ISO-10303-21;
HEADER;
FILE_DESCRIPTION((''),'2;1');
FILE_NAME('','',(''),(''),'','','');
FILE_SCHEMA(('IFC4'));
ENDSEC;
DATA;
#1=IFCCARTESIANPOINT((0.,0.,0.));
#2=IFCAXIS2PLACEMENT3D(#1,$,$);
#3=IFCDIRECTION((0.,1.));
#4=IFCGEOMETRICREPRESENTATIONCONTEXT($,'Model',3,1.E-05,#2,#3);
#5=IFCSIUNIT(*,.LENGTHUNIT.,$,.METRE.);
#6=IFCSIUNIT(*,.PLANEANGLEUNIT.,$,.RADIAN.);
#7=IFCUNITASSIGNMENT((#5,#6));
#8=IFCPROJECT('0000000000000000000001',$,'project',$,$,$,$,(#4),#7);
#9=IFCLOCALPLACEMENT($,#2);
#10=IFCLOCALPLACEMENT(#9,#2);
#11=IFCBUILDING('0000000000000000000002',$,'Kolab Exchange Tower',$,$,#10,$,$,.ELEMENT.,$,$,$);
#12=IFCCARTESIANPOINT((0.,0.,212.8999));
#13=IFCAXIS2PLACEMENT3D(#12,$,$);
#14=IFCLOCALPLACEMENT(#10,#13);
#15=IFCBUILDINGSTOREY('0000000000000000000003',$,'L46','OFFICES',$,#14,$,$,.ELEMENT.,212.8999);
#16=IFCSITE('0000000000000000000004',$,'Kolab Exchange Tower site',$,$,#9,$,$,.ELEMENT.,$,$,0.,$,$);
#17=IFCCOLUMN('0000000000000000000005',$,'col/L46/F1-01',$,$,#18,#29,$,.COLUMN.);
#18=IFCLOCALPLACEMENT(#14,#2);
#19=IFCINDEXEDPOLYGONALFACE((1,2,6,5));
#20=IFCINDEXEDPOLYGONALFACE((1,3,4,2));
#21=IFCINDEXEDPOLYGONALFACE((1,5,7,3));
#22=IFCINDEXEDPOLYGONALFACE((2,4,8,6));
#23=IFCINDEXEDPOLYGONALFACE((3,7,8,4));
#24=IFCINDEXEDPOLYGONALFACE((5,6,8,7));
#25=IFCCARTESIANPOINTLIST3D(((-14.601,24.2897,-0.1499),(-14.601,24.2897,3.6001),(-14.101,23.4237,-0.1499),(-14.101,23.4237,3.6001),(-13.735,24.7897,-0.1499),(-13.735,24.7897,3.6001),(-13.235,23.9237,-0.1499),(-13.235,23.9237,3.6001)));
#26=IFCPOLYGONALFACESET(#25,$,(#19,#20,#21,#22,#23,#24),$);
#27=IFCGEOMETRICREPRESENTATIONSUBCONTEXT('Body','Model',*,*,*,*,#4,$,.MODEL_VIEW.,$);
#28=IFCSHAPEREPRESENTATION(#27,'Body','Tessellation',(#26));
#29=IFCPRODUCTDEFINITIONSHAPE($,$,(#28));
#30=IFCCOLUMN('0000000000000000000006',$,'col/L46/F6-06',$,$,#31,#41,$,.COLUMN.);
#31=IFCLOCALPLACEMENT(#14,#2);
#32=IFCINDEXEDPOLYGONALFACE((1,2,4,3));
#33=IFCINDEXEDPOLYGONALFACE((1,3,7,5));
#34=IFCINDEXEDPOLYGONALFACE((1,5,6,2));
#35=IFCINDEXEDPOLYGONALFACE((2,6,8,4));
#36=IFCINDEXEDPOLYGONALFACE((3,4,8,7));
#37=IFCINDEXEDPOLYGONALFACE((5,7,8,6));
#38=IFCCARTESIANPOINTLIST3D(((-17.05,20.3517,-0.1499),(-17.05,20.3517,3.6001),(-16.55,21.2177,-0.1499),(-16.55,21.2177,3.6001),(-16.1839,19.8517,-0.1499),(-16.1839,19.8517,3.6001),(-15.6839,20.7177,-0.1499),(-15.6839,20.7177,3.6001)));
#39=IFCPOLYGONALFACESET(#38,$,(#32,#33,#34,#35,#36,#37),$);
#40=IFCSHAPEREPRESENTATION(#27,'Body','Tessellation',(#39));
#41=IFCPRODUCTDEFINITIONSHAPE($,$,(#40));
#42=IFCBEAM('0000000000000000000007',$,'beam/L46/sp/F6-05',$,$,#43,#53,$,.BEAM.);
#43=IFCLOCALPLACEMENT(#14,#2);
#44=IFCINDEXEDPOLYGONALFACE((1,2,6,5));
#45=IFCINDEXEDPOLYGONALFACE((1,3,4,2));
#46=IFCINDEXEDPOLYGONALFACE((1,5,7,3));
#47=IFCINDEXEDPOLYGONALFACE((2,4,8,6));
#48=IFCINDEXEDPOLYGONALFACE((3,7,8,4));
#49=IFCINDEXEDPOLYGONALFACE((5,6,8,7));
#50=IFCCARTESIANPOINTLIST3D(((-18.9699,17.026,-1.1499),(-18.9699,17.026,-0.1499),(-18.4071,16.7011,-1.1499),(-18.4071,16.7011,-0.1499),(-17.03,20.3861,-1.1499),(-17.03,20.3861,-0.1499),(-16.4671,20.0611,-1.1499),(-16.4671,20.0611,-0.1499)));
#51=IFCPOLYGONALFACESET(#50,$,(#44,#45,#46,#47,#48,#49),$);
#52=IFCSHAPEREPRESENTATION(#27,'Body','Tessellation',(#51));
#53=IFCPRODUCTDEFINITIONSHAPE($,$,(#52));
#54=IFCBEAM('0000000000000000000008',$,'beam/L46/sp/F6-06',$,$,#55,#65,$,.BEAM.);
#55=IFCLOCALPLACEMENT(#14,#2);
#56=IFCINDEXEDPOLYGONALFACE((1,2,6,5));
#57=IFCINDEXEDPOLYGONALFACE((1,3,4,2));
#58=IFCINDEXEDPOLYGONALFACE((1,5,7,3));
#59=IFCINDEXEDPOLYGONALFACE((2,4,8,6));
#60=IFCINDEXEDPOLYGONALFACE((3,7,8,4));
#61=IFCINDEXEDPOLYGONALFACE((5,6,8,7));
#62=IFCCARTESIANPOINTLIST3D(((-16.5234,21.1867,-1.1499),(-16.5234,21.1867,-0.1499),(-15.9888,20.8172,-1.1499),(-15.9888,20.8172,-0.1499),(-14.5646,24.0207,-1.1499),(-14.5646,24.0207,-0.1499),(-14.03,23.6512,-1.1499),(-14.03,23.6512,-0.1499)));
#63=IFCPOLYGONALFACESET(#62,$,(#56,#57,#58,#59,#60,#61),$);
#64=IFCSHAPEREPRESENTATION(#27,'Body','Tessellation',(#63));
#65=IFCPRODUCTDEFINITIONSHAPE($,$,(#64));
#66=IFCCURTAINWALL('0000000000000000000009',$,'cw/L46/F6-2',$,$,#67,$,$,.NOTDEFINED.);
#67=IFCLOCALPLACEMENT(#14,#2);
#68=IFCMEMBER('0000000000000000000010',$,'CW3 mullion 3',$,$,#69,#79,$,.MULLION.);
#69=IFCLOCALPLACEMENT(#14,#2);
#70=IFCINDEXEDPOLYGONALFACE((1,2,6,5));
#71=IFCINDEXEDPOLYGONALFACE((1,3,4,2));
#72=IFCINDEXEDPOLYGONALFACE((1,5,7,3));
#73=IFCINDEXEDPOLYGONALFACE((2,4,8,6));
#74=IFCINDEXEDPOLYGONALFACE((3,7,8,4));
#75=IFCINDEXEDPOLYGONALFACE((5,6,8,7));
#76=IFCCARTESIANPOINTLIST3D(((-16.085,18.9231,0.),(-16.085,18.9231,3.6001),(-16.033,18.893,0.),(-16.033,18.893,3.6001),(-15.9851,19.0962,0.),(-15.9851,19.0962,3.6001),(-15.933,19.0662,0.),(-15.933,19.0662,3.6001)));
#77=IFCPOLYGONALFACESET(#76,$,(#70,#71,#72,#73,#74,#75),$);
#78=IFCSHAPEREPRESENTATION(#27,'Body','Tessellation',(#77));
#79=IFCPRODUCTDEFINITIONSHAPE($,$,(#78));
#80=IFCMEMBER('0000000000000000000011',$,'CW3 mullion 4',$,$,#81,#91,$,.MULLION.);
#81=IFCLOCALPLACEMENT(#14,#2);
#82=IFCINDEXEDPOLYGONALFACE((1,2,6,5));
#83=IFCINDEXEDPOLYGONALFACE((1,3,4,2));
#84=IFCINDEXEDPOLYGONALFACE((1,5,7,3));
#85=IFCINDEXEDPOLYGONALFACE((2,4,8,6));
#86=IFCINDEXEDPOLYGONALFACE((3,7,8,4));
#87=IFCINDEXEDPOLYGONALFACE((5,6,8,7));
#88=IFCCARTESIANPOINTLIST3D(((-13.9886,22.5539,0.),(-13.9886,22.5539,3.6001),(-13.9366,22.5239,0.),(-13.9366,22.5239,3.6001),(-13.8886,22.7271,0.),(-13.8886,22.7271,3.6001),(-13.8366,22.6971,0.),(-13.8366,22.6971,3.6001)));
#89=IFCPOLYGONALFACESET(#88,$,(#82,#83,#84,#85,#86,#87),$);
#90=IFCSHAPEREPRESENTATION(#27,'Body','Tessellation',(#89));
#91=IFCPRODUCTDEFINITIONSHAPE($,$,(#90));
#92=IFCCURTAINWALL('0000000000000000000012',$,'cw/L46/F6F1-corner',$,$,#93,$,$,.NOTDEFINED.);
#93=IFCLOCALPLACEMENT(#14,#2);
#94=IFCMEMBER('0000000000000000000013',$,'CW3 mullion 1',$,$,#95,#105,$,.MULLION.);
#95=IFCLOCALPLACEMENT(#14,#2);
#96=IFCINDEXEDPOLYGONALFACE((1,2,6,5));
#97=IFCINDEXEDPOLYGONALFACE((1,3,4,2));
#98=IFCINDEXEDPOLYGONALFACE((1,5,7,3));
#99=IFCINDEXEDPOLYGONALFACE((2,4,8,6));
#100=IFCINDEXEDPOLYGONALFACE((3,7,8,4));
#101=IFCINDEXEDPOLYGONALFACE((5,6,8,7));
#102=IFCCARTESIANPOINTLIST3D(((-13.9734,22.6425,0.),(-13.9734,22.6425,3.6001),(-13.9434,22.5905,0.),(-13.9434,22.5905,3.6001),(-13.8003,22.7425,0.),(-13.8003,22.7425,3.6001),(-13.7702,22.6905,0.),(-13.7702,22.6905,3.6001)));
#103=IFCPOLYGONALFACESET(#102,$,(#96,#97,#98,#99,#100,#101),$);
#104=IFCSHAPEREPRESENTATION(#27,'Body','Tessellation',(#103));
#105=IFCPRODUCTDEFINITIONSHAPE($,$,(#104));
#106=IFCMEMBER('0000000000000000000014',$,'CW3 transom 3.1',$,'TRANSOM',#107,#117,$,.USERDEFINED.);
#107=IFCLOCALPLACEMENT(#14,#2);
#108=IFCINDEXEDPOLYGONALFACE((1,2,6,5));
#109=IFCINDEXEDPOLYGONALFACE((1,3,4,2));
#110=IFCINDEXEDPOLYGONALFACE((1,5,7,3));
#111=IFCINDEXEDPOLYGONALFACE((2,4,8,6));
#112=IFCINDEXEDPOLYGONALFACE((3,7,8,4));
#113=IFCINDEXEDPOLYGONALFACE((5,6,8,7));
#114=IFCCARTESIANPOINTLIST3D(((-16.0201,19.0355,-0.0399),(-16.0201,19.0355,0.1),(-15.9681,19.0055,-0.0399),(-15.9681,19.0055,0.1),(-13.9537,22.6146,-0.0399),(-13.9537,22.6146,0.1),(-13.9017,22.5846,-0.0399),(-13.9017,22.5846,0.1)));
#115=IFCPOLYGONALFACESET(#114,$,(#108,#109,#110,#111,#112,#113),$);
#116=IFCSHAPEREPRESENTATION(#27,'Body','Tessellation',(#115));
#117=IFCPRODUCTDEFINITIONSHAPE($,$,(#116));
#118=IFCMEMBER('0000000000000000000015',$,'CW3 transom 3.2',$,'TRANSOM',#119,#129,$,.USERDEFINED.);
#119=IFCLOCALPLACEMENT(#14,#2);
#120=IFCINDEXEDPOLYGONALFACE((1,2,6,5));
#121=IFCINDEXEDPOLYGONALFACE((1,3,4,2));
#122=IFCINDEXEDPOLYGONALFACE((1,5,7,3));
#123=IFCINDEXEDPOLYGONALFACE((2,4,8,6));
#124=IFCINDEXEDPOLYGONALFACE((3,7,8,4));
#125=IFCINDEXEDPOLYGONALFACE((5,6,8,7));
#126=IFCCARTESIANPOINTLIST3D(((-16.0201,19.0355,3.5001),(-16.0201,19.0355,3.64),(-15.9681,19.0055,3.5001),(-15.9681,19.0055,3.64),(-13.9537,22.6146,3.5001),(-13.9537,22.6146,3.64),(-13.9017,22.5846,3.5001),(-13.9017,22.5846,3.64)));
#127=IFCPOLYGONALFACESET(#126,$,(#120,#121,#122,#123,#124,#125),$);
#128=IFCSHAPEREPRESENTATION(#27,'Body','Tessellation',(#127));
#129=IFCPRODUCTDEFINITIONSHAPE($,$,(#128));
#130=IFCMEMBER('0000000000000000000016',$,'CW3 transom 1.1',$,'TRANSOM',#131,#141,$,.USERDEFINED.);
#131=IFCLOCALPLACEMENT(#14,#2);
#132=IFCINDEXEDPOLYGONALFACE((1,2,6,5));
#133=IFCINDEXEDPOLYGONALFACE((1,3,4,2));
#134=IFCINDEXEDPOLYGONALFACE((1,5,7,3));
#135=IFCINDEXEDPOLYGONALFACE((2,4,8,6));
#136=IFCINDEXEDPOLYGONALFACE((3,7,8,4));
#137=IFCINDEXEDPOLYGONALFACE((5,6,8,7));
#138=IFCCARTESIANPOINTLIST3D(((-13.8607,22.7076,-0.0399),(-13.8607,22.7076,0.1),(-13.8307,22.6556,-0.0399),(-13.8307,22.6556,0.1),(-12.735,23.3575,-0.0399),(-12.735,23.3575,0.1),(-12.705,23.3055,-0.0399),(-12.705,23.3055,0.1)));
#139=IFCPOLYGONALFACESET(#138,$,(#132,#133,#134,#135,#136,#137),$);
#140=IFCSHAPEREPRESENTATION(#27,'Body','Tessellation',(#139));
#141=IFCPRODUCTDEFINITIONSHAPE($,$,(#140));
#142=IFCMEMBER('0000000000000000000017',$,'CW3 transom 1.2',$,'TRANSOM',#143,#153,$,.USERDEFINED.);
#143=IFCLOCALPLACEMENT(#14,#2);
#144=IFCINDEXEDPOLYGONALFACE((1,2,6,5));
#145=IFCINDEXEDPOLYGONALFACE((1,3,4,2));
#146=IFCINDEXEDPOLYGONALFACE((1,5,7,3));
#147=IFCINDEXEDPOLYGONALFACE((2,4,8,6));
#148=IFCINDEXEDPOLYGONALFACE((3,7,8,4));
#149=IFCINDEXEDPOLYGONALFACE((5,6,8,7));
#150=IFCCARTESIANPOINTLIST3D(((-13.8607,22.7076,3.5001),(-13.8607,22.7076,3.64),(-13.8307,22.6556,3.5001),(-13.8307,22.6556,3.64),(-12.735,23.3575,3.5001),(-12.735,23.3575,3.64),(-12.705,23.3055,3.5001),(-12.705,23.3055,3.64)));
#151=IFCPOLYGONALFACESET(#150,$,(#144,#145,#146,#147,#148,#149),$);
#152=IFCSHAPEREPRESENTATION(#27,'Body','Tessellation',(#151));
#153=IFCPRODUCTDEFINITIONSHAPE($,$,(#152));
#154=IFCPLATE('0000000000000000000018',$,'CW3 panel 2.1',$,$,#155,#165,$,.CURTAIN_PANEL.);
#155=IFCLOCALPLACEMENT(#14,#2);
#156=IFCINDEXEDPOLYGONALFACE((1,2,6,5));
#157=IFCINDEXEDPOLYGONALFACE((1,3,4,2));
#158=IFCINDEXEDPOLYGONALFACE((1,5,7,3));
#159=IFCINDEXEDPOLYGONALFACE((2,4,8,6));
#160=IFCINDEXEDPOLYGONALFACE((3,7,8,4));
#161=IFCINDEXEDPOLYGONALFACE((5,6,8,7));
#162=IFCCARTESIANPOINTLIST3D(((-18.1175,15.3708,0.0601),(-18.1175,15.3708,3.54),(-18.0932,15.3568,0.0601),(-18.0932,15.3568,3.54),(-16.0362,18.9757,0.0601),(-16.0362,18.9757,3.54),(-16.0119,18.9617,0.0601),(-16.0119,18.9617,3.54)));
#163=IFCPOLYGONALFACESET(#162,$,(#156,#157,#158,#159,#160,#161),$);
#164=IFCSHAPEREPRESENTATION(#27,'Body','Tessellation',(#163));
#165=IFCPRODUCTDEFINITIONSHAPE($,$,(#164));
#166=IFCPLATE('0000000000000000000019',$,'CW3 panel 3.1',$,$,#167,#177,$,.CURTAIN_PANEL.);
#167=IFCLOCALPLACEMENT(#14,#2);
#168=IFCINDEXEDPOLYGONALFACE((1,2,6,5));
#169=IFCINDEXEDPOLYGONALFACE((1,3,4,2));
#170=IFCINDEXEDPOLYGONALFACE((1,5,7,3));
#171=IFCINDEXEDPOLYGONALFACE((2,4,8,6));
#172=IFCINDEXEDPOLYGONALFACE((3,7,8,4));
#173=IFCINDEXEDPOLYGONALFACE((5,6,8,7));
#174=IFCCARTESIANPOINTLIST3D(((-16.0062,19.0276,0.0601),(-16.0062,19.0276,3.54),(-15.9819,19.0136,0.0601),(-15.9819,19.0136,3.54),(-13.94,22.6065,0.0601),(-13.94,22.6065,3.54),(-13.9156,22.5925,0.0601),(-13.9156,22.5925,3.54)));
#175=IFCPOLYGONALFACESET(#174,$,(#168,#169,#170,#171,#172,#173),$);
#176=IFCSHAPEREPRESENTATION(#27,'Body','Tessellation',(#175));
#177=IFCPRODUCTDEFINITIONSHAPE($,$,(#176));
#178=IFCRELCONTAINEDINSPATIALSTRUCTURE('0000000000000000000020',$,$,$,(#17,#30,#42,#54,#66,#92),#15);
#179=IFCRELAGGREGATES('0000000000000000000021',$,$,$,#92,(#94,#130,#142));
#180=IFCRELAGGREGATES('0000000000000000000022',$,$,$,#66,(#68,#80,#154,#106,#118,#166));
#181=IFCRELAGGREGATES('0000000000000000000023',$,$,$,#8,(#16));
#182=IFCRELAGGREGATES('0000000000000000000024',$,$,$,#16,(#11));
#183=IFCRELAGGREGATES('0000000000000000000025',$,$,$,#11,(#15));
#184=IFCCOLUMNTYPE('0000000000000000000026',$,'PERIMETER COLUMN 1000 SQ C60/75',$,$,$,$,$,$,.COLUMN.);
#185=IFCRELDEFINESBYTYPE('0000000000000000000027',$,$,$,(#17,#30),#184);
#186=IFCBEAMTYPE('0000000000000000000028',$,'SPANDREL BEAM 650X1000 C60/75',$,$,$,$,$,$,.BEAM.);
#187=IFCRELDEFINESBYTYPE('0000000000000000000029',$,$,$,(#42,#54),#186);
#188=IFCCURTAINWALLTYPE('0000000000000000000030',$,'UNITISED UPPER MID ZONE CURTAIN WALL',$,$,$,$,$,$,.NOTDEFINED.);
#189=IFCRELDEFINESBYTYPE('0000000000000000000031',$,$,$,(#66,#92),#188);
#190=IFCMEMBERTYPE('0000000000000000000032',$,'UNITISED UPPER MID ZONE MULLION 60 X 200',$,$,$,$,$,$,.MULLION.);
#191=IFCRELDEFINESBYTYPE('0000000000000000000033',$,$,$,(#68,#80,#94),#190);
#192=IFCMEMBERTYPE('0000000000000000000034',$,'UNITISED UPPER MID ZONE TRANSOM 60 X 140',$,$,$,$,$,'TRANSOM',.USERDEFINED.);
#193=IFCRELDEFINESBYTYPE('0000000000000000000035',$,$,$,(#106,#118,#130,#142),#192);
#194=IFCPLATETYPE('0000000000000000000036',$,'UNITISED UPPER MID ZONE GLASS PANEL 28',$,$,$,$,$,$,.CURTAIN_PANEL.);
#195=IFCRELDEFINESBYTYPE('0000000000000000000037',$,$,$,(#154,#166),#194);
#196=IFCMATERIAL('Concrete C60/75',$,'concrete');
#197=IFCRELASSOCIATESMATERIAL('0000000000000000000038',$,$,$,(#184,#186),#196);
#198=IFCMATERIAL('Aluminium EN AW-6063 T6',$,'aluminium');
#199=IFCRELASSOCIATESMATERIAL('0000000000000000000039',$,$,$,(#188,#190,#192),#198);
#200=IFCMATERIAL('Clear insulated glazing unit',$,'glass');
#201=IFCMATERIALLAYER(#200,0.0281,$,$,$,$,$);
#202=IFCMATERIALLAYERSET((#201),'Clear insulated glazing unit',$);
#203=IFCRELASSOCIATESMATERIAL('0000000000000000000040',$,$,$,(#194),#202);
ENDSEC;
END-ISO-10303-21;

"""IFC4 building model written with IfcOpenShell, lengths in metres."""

from ifc_helpers import new_model, si_unit, direction, frame, origin, origin_2d, place, context, subcontext, project, spatial, rectangle, extrude, material, layer, layer_set, material_profile, profile_set, type_object, element, aggregate, save


model = new_model("IFC4")

# Units and contexts
model_context = context("Model", 3, precision=1e-05, world=origin(), true_north=direction((0.0, 1.0)))
body_context = subcontext(model_context, "Body", "Model", "MODEL_VIEW")
ifc_project = project(units=[si_unit("LENGTHUNIT", "METRE"), si_unit("PLANEANGLEUNIT", "RADIAN")], contexts=[model_context])

# Site, building, storey
site_placement = place(None, origin())
site = spatial("IfcSite", under=ifc_project, at=site_placement, Name="Kolab Exchange Tower site", CompositionType="ELEMENT", RefElevation=0.0)
building_placement = place(site_placement, origin())
building = spatial("IfcBuilding", under=site, at=building_placement, Name="Kolab Exchange Tower", CompositionType="ELEMENT")
storey_placement = place(building_placement, frame((0.0, 0.0, 212.8999)))
storey = spatial("IfcBuildingStorey", under=building, at=storey_placement, Name="L46", Description="OFFICES", CompositionType="ELEMENT", Elevation=212.8999)

# Columns
ifc_material_1 = material(Name="Concrete C60/75", Category="concrete")
ifc_material_profile_1 = material_profile(ifc_material_1, rectangle(XDim=1.0, YDim=1.0, at=origin_2d()), Name="RC1000")
ifc_profile_set_1 = profile_set([ifc_material_profile_1], Name="Concrete C60/75")
column_type = type_object("IfcColumnType", Name="PERIMETER COLUMN 1000 SQ C60/75", PredefinedType="COLUMN", material=ifc_profile_set_1)
for number, where, z_axis, x_axis, name in (
    (1, (-13.918, 24.1067, -0.1499), (0.0, 0.0, 1.0), (0.866025, 0.5, 0.0), "col/L46/F1-01"),
    (2, (-16.3669, 20.5347, -0.1499), (0.0, 0.0, 1.0), (0.5, 0.866025, 0.0), "col/L46/F6-06"),
):
    element("IfcColumn", number, at=place(storey_placement, frame(where, z_axis=z_axis, x_axis=x_axis)), inside=storey, type_object=column_type, Name=name, PredefinedType="COLUMN", context=body_context, shape_type="SweptSolid", body=[
        extrude(rectangle(XDim=1.0, YDim=1.0, at=origin_2d()), origin(), (0.0, 0.0, 1.0), 3.75),
    ])

# Beams
ifc_material_profile_2 = material_profile(ifc_material_1, rectangle(XDim=0.6499, YDim=1.0, at=origin_2d()), Name="RC650X1000")
ifc_profile_set_2 = profile_set([ifc_material_profile_2], Name="Concrete C60/75")
beam_type = type_object("IfcBeamType", Name="SPANDREL BEAM 650X1000 C60/75", PredefinedType="BEAM", material=ifc_profile_set_2)
beam_1_placement = place(storey_placement, frame((-18.6885, 16.8635, -0.6499), z_axis=(0.499997, 0.866027, 0.0), x_axis=(-0.866027, 0.499997, 0.0)))
element("IfcBeam", 3, at=beam_1_placement, inside=storey, type_object=beam_type, Name="beam/L46/sp/F6-05", PredefinedType="BEAM", context=body_context, shape_type="SweptSolid", body=[
    extrude(rectangle(XDim=0.6499, YDim=1.0, at=origin_2d()), origin(), (0.0, 0.0, 1.0), 3.8799),
])
beam_2_placement = place(storey_placement, frame((-16.2561, 21.002, -0.6499), z_axis=(0.568572, 0.822633, 0.0), x_axis=(-0.822633, 0.568572, 0.0)))
element("IfcBeam", 4, at=beam_2_placement, inside=storey, type_object=beam_type, Name="beam/L46/sp/F6-06", PredefinedType="BEAM", context=body_context, shape_type="SweptSolid", body=[
    extrude(rectangle(XDim=0.6499, YDim=1.0, at=origin_2d()), origin(), (0.0, 0.0, 1.0), 3.4451),
])

# Curtain wall, members
ifc_material_2 = material(Name="Aluminium EN AW-6063 T6", Category="aluminium")
curtain_wall_type = type_object("IfcCurtainWallType", Name="UNITISED UPPER MID ZONE CURTAIN WALL", PredefinedType="NOTDEFINED", material=ifc_material_2)
curtain_wall_1_placement = place(storey_placement, origin())
curtain_wall_1 = element("IfcCurtainWall", 5, at=curtain_wall_1_placement, inside=storey, type_object=curtain_wall_type, Name="cw/L46/F6-2", PredefinedType="NOTDEFINED")
ifc_material_profile_3 = material_profile(ifc_material_2, rectangle(XDim=0.0601, YDim=0.2, at=origin_2d()), Name="RECT 60X200")
ifc_profile_set_3 = profile_set([ifc_material_profile_3], Name="Aluminium EN AW-6063 T6")
member_type_1 = type_object("IfcMemberType", Name="UNITISED UPPER MID ZONE MULLION 60 X 200", PredefinedType="MULLION", material=ifc_profile_set_3)
member_1_placement = place(storey_placement, frame((-16.009, 18.9946, 0.0), z_axis=(0.0, 0.0, 1.0), x_axis=(-0.866025, 0.5, 0.0)))
member_1 = element("IfcMember", 6, at=member_1_placement, type_object=member_type_1, Name="CW3 mullion 3", PredefinedType="MULLION", context=body_context, shape_type="SweptSolid", body=[
    extrude(rectangle(XDim=0.0601, YDim=0.2, at=origin_2d()), origin(), (0.0, 0.0, 1.0), 3.6001),
])
member_2_placement = place(storey_placement, frame((-13.9126, 22.6255, 0.0), z_axis=(0.0, 0.0, 1.0), x_axis=(-0.866025, 0.5, 0.0)))
member_2 = element("IfcMember", 7, at=member_2_placement, type_object=member_type_1, Name="CW3 mullion 4", PredefinedType="MULLION", context=body_context, shape_type="SweptSolid", body=[
    extrude(rectangle(XDim=0.0601, YDim=0.2, at=origin_2d()), origin(), (0.0, 0.0, 1.0), 3.6001),
])

# Curtain wall, member
curtain_wall_2_placement = place(storey_placement, origin())
curtain_wall_2 = element("IfcCurtainWall", 8, at=curtain_wall_2_placement, inside=storey, type_object=curtain_wall_type, Name="cw/L46/F6F1-corner", PredefinedType="NOTDEFINED")
member_3_placement = place(storey_placement, frame((-13.8718, 22.6665, 0.0), z_axis=(0.0, 0.0, 1.0), x_axis=(-0.5, 0.866025, 0.0)))
member_3 = element("IfcMember", 9, at=member_3_placement, type_object=member_type_1, Name="CW3 mullion 1", PredefinedType="MULLION", context=body_context, shape_type="SweptSolid", body=[
    extrude(rectangle(XDim=0.0601, YDim=0.2, at=origin_2d()), origin(), (0.0, 0.0, 1.0), 3.6001),
])

# Members
ifc_material_profile_4 = material_profile(ifc_material_2, rectangle(XDim=0.0601, YDim=0.1399, at=origin_2d()), Name="RECT 60X140")
ifc_profile_set_4 = profile_set([ifc_material_profile_4], Name="Aluminium EN AW-6063 T6")
member_type_2 = type_object("IfcMemberType", Name="UNITISED UPPER MID ZONE TRANSOM 60 X 140", ElementType="TRANSOM", PredefinedType="USERDEFINED", material=ifc_profile_set_4)
member_4_placement = place(storey_placement, frame((-15.9941, 19.0205, 0.03), z_axis=(0.500002, 0.866024, 0.0), x_axis=(-0.866024, 0.500002, 0.0)))
member_4 = element("IfcMember", 10, at=member_4_placement, type_object=member_type_2, Name="CW3 transom 3.1", ObjectType="TRANSOM", PredefinedType="USERDEFINED", context=body_context, shape_type="SweptSolid", body=[
    extrude(rectangle(XDim=0.0601, YDim=0.1399, at=origin_2d()), origin(), (0.0, 0.0, 1.0), 4.1328),
])
member_5_placement = place(storey_placement, frame((-15.9941, 19.0205, 3.5701), z_axis=(0.500002, 0.866024, 0.0), x_axis=(-0.866024, 0.500002, 0.0)))
member_5 = element("IfcMember", 11, at=member_5_placement, type_object=member_type_2, Name="CW3 transom 3.2", ObjectType="TRANSOM", PredefinedType="USERDEFINED", context=body_context, shape_type="SweptSolid", body=[
    extrude(rectangle(XDim=0.0601, YDim=0.1399, at=origin_2d()), origin(), (0.0, 0.0, 1.0), 4.1328),
])
member_6_placement = place(storey_placement, frame((-13.8457, 22.6816, 0.03), z_axis=(0.866039, 0.499977, 0.0), x_axis=(-0.499977, 0.866039, 0.0)))
member_6 = element("IfcMember", 12, at=member_6_placement, type_object=member_type_2, Name="CW3 transom 1.1", ObjectType="TRANSOM", PredefinedType="USERDEFINED", context=body_context, shape_type="SweptSolid", body=[
    extrude(rectangle(XDim=0.0601, YDim=0.1399, at=origin_2d()), origin(), (0.0, 0.0, 1.0), 1.2998),
])
member_7_placement = place(storey_placement, frame((-13.8457, 22.6816, 3.5701), z_axis=(0.866039, 0.499977, 0.0), x_axis=(-0.499977, 0.866039, 0.0)))
member_7 = element("IfcMember", 13, at=member_7_placement, type_object=member_type_2, Name="CW3 transom 1.2", ObjectType="TRANSOM", PredefinedType="USERDEFINED", context=body_context, shape_type="SweptSolid", body=[
    extrude(rectangle(XDim=0.0601, YDim=0.1399, at=origin_2d()), origin(), (0.0, 0.0, 1.0), 1.2998),
])
aggregate(curtain_wall_2, [member_3, member_6, member_7])

# Plates
ifc_material_3 = material(Name="Clear insulated glazing unit", Category="glass")
ifc_layer_1 = layer(ifc_material_3, 0.0281)
ifc_layer_set_1 = layer_set([ifc_layer_1], Name="Clear insulated glazing unit")
plate_type = type_object("IfcPlateType", Name="UNITISED UPPER MID ZONE GLASS PANEL 28", PredefinedType="CURTAIN_PANEL", material=ifc_layer_set_1)
plate_1_placement = place(storey_placement, frame((-17.0647, 17.1663, 0.0601), z_axis=(0.0, 0.0, 1.0), x_axis=(0.5, 0.866025, 0.0)))
plate_1 = element("IfcPlate", 14, at=plate_1_placement, type_object=plate_type, Name="CW3 panel 2.1", PredefinedType="CURTAIN_PANEL", context=body_context, shape_type="SweptSolid", body=[
    extrude(rectangle(XDim=4.1626, YDim=0.0281, at=origin_2d()), origin(), (0.0, 0.0, 1.0), 3.48),
])
plate_2_placement = place(storey_placement, frame((-14.9609, 20.8101, 0.0601), z_axis=(0.0, 0.0, 1.0), x_axis=(0.5, 0.866025, 0.0)))
plate_2 = element("IfcPlate", 15, at=plate_2_placement, type_object=plate_type, Name="CW3 panel 3.1", PredefinedType="CURTAIN_PANEL", context=body_context, shape_type="SweptSolid", body=[
    extrude(rectangle(XDim=4.1326, YDim=0.0281, at=origin_2d()), origin(), (0.0, 0.0, 1.0), 3.48),
])
aggregate(curtain_wall_1, [member_1, member_2, plate_1, member_4, member_5, plate_2])

save(model, "model.ifc")
